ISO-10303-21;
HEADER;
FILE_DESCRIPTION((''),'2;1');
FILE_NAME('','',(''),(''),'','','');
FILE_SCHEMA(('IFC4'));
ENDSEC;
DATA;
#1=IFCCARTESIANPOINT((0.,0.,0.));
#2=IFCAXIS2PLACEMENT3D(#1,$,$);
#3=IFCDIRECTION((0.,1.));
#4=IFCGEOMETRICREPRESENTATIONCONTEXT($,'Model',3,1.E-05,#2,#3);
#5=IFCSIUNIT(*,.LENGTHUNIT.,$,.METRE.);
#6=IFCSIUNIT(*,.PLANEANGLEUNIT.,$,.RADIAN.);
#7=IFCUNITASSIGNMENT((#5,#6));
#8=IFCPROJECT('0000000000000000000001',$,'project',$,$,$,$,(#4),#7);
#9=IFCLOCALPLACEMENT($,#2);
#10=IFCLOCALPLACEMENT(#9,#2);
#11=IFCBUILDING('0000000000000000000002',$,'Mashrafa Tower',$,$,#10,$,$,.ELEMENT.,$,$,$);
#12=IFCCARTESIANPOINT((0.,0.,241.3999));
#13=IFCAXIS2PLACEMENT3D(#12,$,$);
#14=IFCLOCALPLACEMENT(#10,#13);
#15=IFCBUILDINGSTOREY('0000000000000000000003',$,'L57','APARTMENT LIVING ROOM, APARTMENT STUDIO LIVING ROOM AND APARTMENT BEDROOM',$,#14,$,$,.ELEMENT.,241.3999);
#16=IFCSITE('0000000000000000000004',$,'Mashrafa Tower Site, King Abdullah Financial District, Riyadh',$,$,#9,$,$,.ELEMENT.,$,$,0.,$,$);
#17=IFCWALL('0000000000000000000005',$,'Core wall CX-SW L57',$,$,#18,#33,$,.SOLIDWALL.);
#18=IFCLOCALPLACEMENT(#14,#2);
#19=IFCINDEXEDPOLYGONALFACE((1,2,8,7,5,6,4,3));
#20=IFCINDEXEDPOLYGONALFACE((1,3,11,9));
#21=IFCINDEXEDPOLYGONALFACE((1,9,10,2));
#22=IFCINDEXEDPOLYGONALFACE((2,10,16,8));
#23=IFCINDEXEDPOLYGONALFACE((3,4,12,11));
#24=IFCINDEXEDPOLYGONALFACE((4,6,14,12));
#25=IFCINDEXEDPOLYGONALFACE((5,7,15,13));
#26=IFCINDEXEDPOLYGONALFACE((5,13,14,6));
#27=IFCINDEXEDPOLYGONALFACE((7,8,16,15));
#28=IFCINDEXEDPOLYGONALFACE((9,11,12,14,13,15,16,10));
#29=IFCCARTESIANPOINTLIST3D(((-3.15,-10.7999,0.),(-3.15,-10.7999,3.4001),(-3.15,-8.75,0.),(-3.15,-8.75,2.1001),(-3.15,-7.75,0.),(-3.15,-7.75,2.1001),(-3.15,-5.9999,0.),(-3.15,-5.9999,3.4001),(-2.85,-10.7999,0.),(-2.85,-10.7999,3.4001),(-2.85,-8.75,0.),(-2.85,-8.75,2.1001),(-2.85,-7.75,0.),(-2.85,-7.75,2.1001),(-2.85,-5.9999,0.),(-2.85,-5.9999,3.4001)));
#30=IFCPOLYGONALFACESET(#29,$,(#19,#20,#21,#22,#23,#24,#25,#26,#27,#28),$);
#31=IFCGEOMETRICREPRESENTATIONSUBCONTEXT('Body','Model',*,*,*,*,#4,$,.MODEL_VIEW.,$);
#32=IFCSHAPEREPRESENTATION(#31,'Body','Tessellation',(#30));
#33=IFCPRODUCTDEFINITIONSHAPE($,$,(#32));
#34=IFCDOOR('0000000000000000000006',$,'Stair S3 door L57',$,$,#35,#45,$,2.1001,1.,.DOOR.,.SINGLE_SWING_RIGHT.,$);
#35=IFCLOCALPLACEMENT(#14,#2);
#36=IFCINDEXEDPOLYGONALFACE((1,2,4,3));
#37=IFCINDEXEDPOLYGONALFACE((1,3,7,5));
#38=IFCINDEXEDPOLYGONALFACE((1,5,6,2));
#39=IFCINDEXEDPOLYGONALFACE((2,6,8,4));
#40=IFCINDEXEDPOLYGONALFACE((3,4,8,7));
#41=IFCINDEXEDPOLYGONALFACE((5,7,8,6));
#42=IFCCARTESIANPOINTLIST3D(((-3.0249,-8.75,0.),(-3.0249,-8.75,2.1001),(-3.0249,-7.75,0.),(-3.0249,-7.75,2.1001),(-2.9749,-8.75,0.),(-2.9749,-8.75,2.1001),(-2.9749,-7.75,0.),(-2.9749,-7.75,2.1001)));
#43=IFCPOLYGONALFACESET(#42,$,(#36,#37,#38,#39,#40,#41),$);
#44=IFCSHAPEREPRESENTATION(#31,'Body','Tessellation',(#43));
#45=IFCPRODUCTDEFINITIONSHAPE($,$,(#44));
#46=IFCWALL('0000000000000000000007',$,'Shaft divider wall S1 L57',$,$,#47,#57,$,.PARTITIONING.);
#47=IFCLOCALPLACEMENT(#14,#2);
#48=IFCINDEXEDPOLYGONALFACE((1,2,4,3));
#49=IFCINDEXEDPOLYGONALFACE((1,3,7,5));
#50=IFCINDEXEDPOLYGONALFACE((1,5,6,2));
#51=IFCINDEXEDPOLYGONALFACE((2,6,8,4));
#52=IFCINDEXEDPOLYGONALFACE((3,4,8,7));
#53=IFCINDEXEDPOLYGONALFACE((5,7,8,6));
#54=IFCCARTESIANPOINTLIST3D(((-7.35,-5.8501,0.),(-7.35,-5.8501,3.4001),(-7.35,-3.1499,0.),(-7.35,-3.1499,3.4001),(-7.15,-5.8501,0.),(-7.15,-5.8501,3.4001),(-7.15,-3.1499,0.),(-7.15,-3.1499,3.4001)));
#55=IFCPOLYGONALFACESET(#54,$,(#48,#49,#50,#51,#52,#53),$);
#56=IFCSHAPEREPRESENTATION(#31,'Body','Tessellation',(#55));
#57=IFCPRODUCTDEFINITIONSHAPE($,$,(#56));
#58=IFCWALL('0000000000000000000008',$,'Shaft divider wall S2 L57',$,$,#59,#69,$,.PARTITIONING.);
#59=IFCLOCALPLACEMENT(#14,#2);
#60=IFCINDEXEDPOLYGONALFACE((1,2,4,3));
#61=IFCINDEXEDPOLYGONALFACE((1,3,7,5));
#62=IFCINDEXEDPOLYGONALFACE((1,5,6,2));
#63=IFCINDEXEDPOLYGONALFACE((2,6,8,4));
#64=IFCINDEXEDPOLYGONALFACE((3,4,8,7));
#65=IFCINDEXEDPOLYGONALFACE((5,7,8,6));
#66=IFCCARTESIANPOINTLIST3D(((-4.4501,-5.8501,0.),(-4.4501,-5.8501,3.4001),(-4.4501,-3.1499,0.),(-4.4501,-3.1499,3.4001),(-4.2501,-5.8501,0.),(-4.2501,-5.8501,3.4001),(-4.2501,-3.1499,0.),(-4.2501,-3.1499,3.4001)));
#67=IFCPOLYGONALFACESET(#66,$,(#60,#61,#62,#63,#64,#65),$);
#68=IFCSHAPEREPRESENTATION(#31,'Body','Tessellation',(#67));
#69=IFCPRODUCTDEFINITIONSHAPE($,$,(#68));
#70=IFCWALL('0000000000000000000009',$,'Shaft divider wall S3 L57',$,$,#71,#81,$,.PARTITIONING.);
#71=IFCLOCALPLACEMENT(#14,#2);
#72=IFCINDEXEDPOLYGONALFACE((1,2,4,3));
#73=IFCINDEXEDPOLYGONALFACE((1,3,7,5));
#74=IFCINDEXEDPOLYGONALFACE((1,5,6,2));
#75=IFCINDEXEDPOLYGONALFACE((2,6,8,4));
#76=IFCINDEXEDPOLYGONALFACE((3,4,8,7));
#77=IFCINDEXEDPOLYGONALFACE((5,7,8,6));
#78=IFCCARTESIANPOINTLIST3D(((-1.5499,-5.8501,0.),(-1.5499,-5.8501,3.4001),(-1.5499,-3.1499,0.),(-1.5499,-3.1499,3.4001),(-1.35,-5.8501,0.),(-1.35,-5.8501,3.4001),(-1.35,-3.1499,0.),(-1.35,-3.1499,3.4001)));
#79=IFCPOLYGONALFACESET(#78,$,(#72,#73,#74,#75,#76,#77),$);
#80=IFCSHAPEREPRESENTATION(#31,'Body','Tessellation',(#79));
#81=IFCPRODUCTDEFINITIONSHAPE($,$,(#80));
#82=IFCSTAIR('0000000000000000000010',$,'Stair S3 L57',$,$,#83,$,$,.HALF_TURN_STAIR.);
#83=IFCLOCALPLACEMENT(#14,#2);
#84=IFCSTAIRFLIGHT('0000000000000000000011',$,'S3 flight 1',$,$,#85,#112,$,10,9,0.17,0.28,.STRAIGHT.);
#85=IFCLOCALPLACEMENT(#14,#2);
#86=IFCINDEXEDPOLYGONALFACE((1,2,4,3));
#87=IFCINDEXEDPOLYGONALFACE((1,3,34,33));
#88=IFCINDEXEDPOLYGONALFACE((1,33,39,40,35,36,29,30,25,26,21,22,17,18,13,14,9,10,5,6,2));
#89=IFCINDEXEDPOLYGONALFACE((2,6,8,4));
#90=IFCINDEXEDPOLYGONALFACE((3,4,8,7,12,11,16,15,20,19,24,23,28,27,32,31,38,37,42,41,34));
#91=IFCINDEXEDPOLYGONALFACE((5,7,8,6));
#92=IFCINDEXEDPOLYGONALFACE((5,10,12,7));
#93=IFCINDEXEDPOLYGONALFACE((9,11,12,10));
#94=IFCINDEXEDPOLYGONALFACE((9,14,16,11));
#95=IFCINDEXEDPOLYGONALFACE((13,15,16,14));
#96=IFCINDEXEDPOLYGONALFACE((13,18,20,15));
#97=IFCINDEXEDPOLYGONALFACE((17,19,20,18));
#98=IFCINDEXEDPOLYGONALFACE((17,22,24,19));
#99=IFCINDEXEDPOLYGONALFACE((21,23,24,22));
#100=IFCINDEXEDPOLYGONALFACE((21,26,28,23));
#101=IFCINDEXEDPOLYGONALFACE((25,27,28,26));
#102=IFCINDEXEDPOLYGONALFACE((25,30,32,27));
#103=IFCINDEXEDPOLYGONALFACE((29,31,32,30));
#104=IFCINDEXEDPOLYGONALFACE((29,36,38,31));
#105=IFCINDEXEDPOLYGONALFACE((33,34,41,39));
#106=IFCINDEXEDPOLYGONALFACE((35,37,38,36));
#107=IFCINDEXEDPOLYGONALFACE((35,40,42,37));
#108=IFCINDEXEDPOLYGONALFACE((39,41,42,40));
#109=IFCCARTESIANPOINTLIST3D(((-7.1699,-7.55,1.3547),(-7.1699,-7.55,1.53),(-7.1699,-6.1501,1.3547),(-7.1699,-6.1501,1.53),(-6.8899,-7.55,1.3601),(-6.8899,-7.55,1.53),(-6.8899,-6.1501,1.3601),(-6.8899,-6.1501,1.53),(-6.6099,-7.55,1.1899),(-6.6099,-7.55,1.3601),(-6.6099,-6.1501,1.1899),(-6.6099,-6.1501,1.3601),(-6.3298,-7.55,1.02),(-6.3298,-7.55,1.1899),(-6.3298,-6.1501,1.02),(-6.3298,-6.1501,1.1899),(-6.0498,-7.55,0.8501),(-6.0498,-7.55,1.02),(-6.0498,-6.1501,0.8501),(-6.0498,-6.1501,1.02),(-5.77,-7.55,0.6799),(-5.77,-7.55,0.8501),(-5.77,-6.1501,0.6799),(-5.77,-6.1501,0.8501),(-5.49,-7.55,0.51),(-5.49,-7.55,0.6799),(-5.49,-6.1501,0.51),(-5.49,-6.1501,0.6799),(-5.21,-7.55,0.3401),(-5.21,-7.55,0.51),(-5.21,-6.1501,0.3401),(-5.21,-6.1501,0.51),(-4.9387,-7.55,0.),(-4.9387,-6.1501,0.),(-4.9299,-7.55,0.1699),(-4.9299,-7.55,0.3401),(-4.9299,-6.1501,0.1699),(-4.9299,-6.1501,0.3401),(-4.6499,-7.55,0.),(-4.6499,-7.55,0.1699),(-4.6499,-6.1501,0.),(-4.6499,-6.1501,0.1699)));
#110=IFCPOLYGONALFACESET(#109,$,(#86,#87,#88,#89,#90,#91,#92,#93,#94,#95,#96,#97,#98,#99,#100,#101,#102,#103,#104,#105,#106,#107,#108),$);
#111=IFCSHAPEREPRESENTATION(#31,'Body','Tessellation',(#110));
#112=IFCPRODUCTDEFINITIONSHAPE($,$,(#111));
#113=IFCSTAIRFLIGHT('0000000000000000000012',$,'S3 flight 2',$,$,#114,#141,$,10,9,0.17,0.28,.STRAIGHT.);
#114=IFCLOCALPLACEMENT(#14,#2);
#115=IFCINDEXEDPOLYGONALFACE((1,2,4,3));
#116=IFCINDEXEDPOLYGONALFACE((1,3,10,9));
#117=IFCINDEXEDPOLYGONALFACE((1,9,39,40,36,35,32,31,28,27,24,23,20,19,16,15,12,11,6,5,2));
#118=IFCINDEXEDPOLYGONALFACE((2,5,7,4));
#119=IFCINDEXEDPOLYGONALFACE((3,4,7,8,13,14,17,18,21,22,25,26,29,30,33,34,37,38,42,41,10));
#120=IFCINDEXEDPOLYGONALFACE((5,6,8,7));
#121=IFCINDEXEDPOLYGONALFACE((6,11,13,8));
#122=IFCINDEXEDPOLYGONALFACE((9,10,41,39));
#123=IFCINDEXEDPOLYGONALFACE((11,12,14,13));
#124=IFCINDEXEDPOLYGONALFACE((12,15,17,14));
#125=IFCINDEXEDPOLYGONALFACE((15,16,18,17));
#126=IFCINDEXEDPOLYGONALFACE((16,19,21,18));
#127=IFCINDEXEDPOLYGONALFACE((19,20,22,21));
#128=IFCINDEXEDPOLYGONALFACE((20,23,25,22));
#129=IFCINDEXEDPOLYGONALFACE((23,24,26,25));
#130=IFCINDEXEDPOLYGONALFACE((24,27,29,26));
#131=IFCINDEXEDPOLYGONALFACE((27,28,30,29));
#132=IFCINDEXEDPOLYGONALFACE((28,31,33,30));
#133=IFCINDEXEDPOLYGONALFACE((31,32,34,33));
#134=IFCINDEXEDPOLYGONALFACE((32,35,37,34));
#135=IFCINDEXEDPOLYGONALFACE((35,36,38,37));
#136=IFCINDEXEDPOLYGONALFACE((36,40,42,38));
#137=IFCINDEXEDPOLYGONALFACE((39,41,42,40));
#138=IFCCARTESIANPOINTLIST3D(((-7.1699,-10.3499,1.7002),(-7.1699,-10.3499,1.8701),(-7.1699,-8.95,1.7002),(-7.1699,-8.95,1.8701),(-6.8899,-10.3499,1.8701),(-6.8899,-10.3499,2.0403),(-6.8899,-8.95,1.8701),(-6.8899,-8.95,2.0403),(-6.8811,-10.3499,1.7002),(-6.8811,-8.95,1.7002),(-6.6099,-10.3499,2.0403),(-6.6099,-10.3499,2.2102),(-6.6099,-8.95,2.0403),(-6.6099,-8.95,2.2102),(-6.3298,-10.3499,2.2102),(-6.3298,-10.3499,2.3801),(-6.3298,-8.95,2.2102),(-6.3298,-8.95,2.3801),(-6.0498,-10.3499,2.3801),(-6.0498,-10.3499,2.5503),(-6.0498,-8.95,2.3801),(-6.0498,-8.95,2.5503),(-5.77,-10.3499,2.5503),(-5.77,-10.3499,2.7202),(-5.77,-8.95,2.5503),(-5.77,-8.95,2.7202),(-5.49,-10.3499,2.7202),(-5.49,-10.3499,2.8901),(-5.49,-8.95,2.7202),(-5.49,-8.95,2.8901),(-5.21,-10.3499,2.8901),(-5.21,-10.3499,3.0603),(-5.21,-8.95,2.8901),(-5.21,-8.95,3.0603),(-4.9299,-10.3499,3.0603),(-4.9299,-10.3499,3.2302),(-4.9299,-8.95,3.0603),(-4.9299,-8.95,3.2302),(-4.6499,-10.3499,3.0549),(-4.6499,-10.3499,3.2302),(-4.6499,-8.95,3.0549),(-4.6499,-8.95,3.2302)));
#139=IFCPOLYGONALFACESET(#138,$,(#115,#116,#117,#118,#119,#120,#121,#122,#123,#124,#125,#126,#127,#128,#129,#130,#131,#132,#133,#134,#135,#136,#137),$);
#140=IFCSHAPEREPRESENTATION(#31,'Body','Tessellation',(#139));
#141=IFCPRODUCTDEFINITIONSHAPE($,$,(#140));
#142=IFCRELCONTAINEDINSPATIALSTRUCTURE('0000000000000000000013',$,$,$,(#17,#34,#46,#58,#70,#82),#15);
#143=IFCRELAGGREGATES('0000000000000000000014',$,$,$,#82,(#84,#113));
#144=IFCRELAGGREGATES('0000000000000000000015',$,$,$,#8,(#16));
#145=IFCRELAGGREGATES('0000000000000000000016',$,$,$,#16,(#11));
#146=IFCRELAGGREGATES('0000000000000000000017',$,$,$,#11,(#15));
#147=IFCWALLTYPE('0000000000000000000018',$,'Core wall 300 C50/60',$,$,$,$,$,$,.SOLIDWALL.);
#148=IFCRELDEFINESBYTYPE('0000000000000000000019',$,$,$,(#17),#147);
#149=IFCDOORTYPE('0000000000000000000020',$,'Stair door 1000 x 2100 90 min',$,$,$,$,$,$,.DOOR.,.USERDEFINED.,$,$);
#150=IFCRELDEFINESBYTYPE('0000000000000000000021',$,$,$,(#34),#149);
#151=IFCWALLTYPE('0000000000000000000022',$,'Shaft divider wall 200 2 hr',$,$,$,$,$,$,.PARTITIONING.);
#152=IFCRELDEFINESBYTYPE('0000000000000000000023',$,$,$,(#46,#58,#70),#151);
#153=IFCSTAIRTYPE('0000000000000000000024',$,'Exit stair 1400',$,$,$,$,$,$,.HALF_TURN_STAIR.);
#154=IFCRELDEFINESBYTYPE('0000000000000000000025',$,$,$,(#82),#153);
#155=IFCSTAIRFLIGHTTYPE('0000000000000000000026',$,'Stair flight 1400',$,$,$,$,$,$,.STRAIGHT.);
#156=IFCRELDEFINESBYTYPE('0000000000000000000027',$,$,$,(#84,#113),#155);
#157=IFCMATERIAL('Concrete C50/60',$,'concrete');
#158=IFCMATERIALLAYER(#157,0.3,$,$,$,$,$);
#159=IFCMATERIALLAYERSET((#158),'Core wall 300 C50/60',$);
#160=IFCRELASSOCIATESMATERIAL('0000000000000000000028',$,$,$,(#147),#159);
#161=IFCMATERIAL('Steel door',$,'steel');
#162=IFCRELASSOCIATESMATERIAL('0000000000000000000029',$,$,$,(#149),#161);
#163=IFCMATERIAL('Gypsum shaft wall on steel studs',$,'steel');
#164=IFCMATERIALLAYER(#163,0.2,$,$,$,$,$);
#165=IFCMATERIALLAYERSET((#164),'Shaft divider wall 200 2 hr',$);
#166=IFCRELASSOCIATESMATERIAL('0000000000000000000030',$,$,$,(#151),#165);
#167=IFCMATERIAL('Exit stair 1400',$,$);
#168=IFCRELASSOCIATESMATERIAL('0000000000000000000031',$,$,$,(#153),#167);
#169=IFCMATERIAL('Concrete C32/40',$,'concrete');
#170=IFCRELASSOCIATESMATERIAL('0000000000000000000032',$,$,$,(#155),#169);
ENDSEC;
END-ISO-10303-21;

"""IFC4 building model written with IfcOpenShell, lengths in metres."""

from ifc_helpers import new_model, si_unit, direction, frame, frame_2d, origin, place, context, subcontext, project, spatial, polyline, rectangle, outline, extrude, material, layer, layer_set, type_object, element, fill, aggregate, save


model = new_model("IFC4")

# Units and contexts
model_context = context("Model", 3, precision=1e-05, world=origin(), true_north=direction((0.0, 1.0)))
body_context = subcontext(model_context, "Body", "Model", "MODEL_VIEW")
ifc_project = project(units=[si_unit("LENGTHUNIT", "METRE"), si_unit("PLANEANGLEUNIT", "RADIAN")], contexts=[model_context])

# Site, building, storey
site_placement = place(None, origin())
site = spatial("IfcSite", under=ifc_project, at=site_placement, Name="Mashrafa Tower Site, King Abdullah Financial District, Riyadh", CompositionType="ELEMENT", RefElevation=0.0)
building_placement = place(site_placement, origin())
building = spatial("IfcBuilding", under=site, at=building_placement, Name="Mashrafa Tower", CompositionType="ELEMENT")
storey_placement = place(building_placement, frame((0.0, 0.0, 241.3999)))
storey = spatial("IfcBuildingStorey", under=building, at=storey_placement, Name="L57", Description="APARTMENT LIVING ROOM, APARTMENT STUDIO LIVING ROOM AND APARTMENT BEDROOM", CompositionType="ELEMENT", Elevation=241.3999)

# Shared definitions
ifc_material_1 = material(Name="Concrete C50/60", Category="concrete")
ifc_layer_1 = layer(ifc_material_1, 0.3)
ifc_layer_set_1 = layer_set([ifc_layer_1], Name="Core wall 300 C50/60")
wall_type_1 = type_object("IfcWallType", Name="Core wall 300 C50/60", PredefinedType="SOLIDWALL", material=ifc_layer_set_1)

# Wall, opening, door
wall_1_placement = place(storey_placement, frame((-3.0, -6.0, 0.0), z_axis=(0.0, 0.0, 1.0), x_axis=(0.0, -1.0, 0.0)))
wall_1 = element("IfcWall", 1, at=wall_1_placement, inside=storey, type_object=wall_type_1, Name="Core wall CX-SW L57", PredefinedType="SOLIDWALL", context=body_context, shape_type="SweptSolid", body=[
    extrude(rectangle(XDim=4.8, YDim=0.3, at=frame_2d((2.3999, 0.0))), origin(), (0.0, 0.0, 1.0), 3.4001),
])
opening_1_placement = place(wall_1_placement, frame((1.75, 0.0, 0.0)))
opening_1 = element("IfcOpeningElement", 2, at=opening_1_placement, cuts=wall_1, PredefinedType="OPENING", context=body_context, shape_type="SweptSolid", body=[
    extrude(rectangle(XDim=1.0, YDim=2.1001, at=frame_2d((0.5, 1.05))), frame((0.0, 0.1599, 0.0), z_axis=(0.0, -1.0, 0.0), x_axis=(1.0, 0.0, 0.0)), (0.0, 0.0, 1.0), 0.3201),
])
ifc_material_2 = material(Name="Steel door", Category="steel")
door_type_1 = type_object("IfcDoorType", Name="Stair door 1000 x 2100 90 min", OperationType="USERDEFINED", PredefinedType="DOOR", material=ifc_material_2)
door_1_placement = place(opening_1_placement, frame((1.0, 0.0, 0.0), z_axis=(0.0, 0.0, 1.0), x_axis=(-1.0, 0.0, 0.0)))
door_1 = element("IfcDoor", 3, at=door_1_placement, inside=storey, type_object=door_type_1, Name="Stair S3 door L57", OperationType="SINGLE_SWING_RIGHT", OverallHeight=2.1001, OverallWidth=1.0, PredefinedType="DOOR", context=body_context, shape_type="SweptSolid", body=[
    extrude(rectangle(XDim=1.0, YDim=2.1001, at=frame_2d((0.5, 1.05))), frame((0.0, 0.0249, 0.0), z_axis=(0.0, -1.0, 0.0), x_axis=(1.0, 0.0, 0.0)), (0.0, 0.0, 1.0), 0.05),
])
fill(opening_1, door_1)

# Walls
ifc_material_3 = material(Name="Gypsum shaft wall on steel studs", Category="steel")
ifc_layer_2 = layer(ifc_material_3, 0.2)
ifc_layer_set_2 = layer_set([ifc_layer_2], Name="Shaft divider wall 200 2 hr")
wall_type_2 = type_object("IfcWallType", Name="Shaft divider wall 200 2 hr", PredefinedType="PARTITIONING", material=ifc_layer_set_2)
for number, where, z_axis, x_axis, name in (
    (4, (-7.25, -5.8501, 0.0), (0.0, 0.0, 1.0), (0.0, 1.0, 0.0), "Shaft divider wall S1 L57"),
    (5, (-4.3501, -5.8501, 0.0), (0.0, 0.0, 1.0), (0.0, 1.0, 0.0), "Shaft divider wall S2 L57"),
    (6, (-1.45, -5.8501, 0.0), (0.0, 0.0, 1.0), (0.0, 1.0, 0.0), "Shaft divider wall S3 L57"),
):
    element("IfcWall", number, at=place(storey_placement, frame(where, z_axis=z_axis, x_axis=x_axis)), inside=storey, type_object=wall_type_2, Name=name, PredefinedType="PARTITIONING", context=body_context, shape_type="SweptSolid", body=[
        extrude(rectangle(XDim=2.7002, YDim=0.2, at=frame_2d((1.3501, 0.0))), origin(), (0.0, 0.0, 1.0), 3.4001),
    ])

# Stair, stair flights
ifc_material_4 = material(Name="Exit stair 1400")
stair_type = type_object("IfcStairType", Name="Exit stair 1400", PredefinedType="HALF_TURN_STAIR", material=ifc_material_4)
stair_placement = place(storey_placement, origin())
stair = element("IfcStair", 7, at=stair_placement, inside=storey, type_object=stair_type, Name="Stair S3 L57", PredefinedType="HALF_TURN_STAIR")
ifc_material_5 = material(Name="Concrete C32/40", Category="concrete")
stair_flight_type = type_object("IfcStairFlightType", Name="Stair flight 1400", PredefinedType="STRAIGHT", material=ifc_material_5)
stair_flight_1_placement = place(storey_placement, frame((-4.6499, -6.8501, 0.0), z_axis=(0.0, 0.0, 1.0), x_axis=(-1.0, 0.0, 0.0)))
stair_flight_1 = element("IfcStairFlight", 8, at=stair_flight_1_placement, type_object=stair_flight_type, Name="S3 flight 1", NumberOfRisers=10, NumberOfTreads=9, PredefinedType="STRAIGHT", RiserHeight=0.17, TreadLength=0.28, context=body_context, shape_type="SweptSolid", body=[
    extrude(outline(polyline([(0.0, 0.0), (0.0, 0.1699), (0.28, 0.1699), (0.28, 0.3401), (0.5601, 0.3401), (0.5601, 0.51), (0.8401, 0.51), (0.8401, 0.6799), (1.1201, 0.6799), (1.1201, 0.8501), (1.3999, 0.8501), (1.3999, 1.02), (1.6799, 1.02), (1.6799, 1.1899), (1.96, 1.1899), (1.96, 1.3601), (2.24, 1.3601), (2.24, 1.53), (2.52, 1.53), (2.52, 1.7), (2.52, 1.3547), (0.2888, 0.0), (0.0, 0.0)])), frame((0.0, 0.7, 0.0), z_axis=(0.0, -1.0, 0.0), x_axis=(1.0, 0.0, 0.0)), (0.0, 0.0, 1.0), 1.3999),
])
stair_flight_2_placement = place(storey_placement, frame((-7.1699, -9.6499, 1.7002), z_axis=(0.0, 0.0, 1.0), x_axis=(1.0, 0.0, 0.0)))
stair_flight_2 = element("IfcStairFlight", 9, at=stair_flight_2_placement, type_object=stair_flight_type, Name="S3 flight 2", NumberOfRisers=10, NumberOfTreads=9, PredefinedType="STRAIGHT", RiserHeight=0.17, TreadLength=0.28, context=body_context, shape_type="SweptSolid", body=[
    extrude(outline(polyline([(0.0, 0.0), (0.0, 0.1699), (0.28, 0.1699), (0.28, 0.3401), (0.5601, 0.3401), (0.5601, 0.51), (0.8401, 0.51), (0.8401, 0.6799), (1.1201, 0.6799), (1.1201, 0.8501), (1.3999, 0.8501), (1.3999, 1.02), (1.6799, 1.02), (1.6799, 1.1899), (1.96, 1.1899), (1.96, 1.3601), (2.24, 1.3601), (2.24, 1.53), (2.52, 1.53), (2.52, 1.7), (2.52, 1.3547), (0.2888, 0.0), (0.0, 0.0)])), frame((0.0, 0.7, 0.0), z_axis=(0.0, -1.0, 0.0), x_axis=(1.0, 0.0, 0.0)), (0.0, 0.0, 1.0), 1.3999),
])
aggregate(stair, [stair_flight_1, stair_flight_2])

save(model, "model.ifc")
